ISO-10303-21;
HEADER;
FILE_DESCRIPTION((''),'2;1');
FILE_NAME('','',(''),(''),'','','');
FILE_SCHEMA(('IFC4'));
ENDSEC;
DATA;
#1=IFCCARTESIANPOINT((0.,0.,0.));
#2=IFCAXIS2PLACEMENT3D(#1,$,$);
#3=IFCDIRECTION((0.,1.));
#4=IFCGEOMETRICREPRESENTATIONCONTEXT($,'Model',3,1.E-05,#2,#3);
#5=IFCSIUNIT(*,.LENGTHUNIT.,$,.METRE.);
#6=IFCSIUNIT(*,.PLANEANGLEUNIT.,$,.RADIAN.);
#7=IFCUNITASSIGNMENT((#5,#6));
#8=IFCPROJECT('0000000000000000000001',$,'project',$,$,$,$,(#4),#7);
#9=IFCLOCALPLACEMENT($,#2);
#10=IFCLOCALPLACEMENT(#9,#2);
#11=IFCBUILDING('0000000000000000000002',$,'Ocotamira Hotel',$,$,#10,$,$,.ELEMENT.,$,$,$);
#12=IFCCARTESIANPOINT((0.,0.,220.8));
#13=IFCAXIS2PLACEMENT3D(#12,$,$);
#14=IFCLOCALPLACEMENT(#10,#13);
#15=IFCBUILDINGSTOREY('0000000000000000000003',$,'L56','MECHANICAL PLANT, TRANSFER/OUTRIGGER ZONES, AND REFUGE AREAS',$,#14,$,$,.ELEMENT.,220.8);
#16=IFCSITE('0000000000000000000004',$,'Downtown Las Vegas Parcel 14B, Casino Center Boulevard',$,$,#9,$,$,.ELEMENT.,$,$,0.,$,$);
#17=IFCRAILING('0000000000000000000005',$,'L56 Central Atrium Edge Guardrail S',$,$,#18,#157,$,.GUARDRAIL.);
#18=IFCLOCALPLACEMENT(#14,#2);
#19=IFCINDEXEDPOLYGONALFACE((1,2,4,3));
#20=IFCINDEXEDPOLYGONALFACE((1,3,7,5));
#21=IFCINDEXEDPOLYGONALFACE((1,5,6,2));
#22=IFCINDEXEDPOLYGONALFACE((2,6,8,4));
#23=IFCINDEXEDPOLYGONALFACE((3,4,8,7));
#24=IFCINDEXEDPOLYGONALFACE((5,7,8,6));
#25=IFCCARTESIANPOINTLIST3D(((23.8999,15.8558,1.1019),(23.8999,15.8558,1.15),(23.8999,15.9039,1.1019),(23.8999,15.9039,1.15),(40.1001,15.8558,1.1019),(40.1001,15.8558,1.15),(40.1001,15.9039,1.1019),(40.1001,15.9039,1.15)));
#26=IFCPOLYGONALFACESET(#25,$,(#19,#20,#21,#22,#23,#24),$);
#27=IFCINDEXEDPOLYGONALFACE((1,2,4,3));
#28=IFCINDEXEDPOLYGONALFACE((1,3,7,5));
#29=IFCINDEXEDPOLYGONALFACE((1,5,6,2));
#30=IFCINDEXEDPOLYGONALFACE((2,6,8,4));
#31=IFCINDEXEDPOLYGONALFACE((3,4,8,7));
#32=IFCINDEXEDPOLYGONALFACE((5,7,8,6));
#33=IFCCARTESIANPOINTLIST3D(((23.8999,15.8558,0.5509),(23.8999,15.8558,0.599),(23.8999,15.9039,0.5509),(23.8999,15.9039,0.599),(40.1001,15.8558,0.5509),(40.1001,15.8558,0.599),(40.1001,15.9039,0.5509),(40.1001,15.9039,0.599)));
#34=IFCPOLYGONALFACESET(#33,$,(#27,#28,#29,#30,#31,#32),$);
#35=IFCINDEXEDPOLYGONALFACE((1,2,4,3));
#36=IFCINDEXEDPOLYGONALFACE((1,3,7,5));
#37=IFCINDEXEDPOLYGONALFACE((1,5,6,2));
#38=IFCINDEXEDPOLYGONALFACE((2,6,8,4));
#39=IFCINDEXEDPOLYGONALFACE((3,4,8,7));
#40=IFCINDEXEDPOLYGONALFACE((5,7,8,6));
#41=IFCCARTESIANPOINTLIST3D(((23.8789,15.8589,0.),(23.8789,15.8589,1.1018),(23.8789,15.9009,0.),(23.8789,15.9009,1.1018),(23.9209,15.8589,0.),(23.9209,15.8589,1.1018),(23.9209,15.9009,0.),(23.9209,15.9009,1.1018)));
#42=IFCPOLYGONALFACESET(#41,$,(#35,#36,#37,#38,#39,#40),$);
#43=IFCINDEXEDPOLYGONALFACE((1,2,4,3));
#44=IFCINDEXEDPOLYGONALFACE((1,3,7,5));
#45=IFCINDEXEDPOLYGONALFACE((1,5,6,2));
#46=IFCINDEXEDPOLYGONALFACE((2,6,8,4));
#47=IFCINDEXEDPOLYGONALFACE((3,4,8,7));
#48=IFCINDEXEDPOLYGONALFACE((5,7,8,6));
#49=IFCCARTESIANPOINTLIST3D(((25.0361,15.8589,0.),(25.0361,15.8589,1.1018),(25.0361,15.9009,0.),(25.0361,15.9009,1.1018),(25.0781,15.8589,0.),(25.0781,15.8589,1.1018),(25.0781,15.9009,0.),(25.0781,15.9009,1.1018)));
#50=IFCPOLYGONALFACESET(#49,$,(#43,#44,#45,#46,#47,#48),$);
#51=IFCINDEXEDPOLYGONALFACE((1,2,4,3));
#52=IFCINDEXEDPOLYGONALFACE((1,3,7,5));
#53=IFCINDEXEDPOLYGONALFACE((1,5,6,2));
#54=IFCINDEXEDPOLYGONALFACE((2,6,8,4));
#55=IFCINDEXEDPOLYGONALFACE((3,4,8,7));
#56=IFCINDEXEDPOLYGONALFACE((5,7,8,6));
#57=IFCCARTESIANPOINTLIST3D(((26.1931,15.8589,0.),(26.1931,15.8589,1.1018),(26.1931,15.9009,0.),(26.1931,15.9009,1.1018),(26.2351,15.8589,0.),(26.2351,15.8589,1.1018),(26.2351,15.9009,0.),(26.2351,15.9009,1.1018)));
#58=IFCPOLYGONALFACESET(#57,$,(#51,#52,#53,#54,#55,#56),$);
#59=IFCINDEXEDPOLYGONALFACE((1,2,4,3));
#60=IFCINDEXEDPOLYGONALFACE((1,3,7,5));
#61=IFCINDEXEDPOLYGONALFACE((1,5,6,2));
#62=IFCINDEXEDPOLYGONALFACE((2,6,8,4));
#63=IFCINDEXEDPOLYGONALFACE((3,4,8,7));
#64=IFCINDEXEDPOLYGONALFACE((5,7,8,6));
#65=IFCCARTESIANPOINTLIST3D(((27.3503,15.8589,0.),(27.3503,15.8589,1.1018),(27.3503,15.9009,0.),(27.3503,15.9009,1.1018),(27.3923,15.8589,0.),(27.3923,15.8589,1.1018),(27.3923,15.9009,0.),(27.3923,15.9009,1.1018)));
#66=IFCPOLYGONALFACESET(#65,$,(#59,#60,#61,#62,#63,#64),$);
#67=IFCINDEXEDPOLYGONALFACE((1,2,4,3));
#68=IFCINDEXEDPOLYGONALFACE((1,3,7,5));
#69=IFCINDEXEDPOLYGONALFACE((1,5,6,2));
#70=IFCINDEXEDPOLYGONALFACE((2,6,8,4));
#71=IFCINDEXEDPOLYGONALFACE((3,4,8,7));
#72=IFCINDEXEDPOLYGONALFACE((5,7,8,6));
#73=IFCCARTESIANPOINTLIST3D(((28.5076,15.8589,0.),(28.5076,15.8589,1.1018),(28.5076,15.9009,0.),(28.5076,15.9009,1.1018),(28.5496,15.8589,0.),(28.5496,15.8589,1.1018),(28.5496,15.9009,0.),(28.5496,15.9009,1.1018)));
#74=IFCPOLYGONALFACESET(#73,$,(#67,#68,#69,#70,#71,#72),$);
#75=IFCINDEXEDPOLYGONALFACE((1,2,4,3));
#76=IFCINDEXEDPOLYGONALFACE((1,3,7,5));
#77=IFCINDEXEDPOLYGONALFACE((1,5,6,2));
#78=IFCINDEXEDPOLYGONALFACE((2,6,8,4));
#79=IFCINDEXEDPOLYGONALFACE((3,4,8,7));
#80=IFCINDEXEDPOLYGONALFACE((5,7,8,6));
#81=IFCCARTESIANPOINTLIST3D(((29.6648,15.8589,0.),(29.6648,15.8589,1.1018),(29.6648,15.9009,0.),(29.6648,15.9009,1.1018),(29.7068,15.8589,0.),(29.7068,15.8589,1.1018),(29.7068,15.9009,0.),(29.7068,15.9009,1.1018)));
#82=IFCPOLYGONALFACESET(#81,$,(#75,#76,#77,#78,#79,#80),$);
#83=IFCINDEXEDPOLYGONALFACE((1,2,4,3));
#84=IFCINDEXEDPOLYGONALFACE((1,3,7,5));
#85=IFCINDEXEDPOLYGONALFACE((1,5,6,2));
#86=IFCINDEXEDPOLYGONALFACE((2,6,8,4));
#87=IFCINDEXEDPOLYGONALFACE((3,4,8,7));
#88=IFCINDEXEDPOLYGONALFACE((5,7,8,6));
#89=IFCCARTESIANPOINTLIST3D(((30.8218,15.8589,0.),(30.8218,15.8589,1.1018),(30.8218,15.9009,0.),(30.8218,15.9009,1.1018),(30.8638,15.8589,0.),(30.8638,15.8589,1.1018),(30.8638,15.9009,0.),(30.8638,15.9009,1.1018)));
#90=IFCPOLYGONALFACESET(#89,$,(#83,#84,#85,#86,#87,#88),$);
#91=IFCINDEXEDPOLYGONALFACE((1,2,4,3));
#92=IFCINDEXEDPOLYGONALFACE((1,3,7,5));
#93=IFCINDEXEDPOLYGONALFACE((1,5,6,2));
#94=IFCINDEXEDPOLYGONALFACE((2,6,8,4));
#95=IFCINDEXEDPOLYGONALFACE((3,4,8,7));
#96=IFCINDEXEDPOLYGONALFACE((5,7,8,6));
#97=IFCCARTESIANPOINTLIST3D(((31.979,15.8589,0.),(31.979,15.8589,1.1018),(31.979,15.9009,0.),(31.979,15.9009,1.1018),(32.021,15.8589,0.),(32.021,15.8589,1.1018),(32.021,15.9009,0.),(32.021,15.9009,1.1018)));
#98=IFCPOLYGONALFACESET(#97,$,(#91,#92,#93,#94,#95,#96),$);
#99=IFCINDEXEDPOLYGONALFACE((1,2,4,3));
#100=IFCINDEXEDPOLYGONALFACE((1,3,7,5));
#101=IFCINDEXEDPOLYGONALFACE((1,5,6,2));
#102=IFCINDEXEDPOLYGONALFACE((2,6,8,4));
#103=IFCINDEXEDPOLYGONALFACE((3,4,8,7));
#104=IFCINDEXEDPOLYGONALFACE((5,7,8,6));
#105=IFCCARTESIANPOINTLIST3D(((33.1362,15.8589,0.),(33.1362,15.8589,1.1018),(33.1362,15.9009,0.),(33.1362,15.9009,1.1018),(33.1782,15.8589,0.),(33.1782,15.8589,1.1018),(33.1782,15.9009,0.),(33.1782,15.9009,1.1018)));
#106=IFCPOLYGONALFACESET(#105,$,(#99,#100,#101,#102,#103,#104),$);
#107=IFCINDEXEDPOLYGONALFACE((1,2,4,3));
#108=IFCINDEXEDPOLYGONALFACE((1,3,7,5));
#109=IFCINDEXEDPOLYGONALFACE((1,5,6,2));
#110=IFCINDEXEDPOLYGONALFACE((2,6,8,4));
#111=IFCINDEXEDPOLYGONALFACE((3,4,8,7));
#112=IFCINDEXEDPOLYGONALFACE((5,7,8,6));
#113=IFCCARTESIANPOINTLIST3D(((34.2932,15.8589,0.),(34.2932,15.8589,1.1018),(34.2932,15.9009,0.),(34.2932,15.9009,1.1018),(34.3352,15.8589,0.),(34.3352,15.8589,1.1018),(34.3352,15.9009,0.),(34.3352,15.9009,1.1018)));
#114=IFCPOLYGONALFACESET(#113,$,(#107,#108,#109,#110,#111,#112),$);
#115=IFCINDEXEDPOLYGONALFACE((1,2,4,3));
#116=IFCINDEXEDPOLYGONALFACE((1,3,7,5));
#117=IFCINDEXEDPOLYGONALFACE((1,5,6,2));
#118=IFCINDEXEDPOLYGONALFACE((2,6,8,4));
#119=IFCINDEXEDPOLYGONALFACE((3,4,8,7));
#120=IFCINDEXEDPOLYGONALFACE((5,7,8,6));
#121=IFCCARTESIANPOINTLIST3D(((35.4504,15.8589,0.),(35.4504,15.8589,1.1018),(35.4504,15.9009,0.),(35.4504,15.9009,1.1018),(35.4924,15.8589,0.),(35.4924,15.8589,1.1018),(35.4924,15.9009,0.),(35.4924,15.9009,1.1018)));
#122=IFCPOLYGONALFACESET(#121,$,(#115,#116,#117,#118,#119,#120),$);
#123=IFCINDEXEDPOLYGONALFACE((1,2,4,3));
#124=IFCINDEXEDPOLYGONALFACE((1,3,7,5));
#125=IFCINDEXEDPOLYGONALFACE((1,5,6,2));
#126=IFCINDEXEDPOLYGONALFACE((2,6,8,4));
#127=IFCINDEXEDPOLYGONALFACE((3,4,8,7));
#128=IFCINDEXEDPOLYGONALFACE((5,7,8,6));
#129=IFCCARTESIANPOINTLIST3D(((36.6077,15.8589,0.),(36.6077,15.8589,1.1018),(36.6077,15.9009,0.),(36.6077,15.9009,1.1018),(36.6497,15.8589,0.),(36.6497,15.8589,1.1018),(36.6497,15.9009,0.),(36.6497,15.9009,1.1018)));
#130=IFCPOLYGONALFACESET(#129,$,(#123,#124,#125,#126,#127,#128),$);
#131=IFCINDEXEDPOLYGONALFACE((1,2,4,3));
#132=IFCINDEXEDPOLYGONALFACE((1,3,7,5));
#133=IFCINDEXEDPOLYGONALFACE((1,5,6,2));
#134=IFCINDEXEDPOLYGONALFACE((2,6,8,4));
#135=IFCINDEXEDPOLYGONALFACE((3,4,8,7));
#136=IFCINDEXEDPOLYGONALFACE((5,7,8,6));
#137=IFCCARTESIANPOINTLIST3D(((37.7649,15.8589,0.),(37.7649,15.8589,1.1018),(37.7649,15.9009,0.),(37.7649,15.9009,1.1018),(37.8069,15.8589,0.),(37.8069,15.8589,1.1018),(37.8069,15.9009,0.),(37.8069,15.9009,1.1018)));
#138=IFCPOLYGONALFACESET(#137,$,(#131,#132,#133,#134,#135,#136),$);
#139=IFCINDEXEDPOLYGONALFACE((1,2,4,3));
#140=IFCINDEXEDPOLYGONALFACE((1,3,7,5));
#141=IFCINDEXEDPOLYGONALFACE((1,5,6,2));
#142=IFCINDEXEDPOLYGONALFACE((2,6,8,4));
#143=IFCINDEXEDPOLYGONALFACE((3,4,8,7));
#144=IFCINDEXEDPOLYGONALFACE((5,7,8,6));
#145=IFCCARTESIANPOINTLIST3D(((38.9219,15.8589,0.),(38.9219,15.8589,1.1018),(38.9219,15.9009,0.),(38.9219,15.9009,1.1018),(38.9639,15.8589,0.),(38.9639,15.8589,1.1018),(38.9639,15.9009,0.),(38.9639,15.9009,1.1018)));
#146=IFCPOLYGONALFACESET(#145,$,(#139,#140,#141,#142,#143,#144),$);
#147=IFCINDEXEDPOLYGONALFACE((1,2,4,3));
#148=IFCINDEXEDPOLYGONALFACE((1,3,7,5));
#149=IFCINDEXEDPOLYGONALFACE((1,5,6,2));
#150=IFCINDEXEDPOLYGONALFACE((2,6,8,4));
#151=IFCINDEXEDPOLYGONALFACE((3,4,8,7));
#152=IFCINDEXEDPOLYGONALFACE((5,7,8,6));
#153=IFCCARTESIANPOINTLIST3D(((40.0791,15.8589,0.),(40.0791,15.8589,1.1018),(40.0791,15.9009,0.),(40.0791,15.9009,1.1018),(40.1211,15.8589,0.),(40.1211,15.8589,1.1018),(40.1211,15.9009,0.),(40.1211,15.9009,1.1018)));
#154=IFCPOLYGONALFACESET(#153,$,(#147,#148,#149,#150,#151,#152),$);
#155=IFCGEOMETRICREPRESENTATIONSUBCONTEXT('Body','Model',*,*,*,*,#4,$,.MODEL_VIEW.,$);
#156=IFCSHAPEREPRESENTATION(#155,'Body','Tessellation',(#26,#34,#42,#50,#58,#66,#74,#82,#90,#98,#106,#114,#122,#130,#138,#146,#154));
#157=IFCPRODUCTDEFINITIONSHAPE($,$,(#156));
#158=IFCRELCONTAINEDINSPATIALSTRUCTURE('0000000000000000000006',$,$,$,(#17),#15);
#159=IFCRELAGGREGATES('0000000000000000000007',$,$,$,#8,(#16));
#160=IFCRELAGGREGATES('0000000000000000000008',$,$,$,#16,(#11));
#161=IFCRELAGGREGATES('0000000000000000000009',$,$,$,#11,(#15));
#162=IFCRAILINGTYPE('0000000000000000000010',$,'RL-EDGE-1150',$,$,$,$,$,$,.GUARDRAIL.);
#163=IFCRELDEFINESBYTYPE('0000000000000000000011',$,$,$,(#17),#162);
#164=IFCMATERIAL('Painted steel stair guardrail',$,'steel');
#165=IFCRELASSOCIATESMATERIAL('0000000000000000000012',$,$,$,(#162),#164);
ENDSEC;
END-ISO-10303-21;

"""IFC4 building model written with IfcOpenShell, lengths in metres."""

from ifc_helpers import new_model, si_unit, direction, frame, origin, origin_2d, place, context, subcontext, project, spatial, rectangle, extrude, material, type_object, element, save


model = new_model("IFC4")

# Units and contexts
model_context = context("Model", 3, precision=1e-05, world=origin(), true_north=direction((0.0, 1.0)))
body_context = subcontext(model_context, "Body", "Model", "MODEL_VIEW")
ifc_project = project(units=[si_unit("LENGTHUNIT", "METRE"), si_unit("PLANEANGLEUNIT", "RADIAN")], contexts=[model_context])

# Site, building, storey
site_placement = place(None, origin())
site = spatial("IfcSite", under=ifc_project, at=site_placement, Name="Downtown Las Vegas Parcel 14B, Casino Center Boulevard", CompositionType="ELEMENT", RefElevation=0.0)
building_placement = place(site_placement, origin())
building = spatial("IfcBuilding", under=site, at=building_placement, Name="Ocotamira Hotel", CompositionType="ELEMENT")
storey_placement = place(building_placement, frame((0.0, 0.0, 220.8)))
storey = spatial("IfcBuildingStorey", under=building, at=storey_placement, Name="L56", Description="MECHANICAL PLANT, TRANSFER/OUTRIGGER ZONES, AND REFUGE AREAS", CompositionType="ELEMENT", Elevation=220.8)

# Railing
ifc_material_1 = material(Name="Painted steel stair guardrail", Category="steel")
railing_type = type_object("IfcRailingType", Name="RL-EDGE-1150", PredefinedType="GUARDRAIL", material=ifc_material_1)
railing_1_placement = place(storey_placement, frame((23.8999, 15.8799, 0.0)))
element("IfcRailing", 1, at=railing_1_placement, inside=storey, type_object=railing_type, Name="L56 Central Atrium Edge Guardrail S", PredefinedType="GUARDRAIL", context=body_context, shape_type="SweptSolid", body=[
    extrude(rectangle(XDim=0.0481, YDim=0.0481, at=origin_2d()), frame((0.0, 0.0, 1.126), z_axis=(1.0, 0.0, 0.0), x_axis=(0.0, 1.0, 0.0)), (0.0, 0.0, 1.0), 16.2002),
    extrude(rectangle(XDim=0.0481, YDim=0.0481, at=origin_2d()), frame((0.0, 0.0, 0.575), z_axis=(1.0, 0.0, 0.0), x_axis=(0.0, 1.0, 0.0)), (0.0, 0.0, 1.0), 16.2002),
    extrude(rectangle(XDim=0.042, YDim=0.042, at=origin_2d()), origin(), (0.0, 0.0, 1.0), 1.1018),
    extrude(rectangle(XDim=0.042, YDim=0.042, at=origin_2d()), frame((1.1572, 0.0, 0.0)), (0.0, 0.0, 1.0), 1.1018),
    extrude(rectangle(XDim=0.042, YDim=0.042, at=origin_2d()), frame((2.3142, 0.0, 0.0)), (0.0, 0.0, 1.0), 1.1018),
    extrude(rectangle(XDim=0.042, YDim=0.042, at=origin_2d()), frame((3.4714, 0.0, 0.0)), (0.0, 0.0, 1.0), 1.1018),
    extrude(rectangle(XDim=0.042, YDim=0.042, at=origin_2d()), frame((4.6287, 0.0, 0.0)), (0.0, 0.0, 1.0), 1.1018),
    extrude(rectangle(XDim=0.042, YDim=0.042, at=origin_2d()), frame((5.7859, 0.0, 0.0)), (0.0, 0.0, 1.0), 1.1018),
    extrude(rectangle(XDim=0.042, YDim=0.042, at=origin_2d()), frame((6.9429, 0.0, 0.0)), (0.0, 0.0, 1.0), 1.1018),
    extrude(rectangle(XDim=0.042, YDim=0.042, at=origin_2d()), frame((8.1001, 0.0, 0.0)), (0.0, 0.0, 1.0), 1.1018),
    extrude(rectangle(XDim=0.042, YDim=0.042, at=origin_2d()), frame((9.2573, 0.0, 0.0)), (0.0, 0.0, 1.0), 1.1018),
    extrude(rectangle(XDim=0.042, YDim=0.042, at=origin_2d()), frame((10.4143, 0.0, 0.0)), (0.0, 0.0, 1.0), 1.1018),
    extrude(rectangle(XDim=0.042, YDim=0.042, at=origin_2d()), frame((11.5715, 0.0, 0.0)), (0.0, 0.0, 1.0), 1.1018),
    extrude(rectangle(XDim=0.042, YDim=0.042, at=origin_2d()), frame((12.7288, 0.0, 0.0)), (0.0, 0.0, 1.0), 1.1018),
    extrude(rectangle(XDim=0.042, YDim=0.042, at=origin_2d()), frame((13.886, 0.0, 0.0)), (0.0, 0.0, 1.0), 1.1018),
    extrude(rectangle(XDim=0.042, YDim=0.042, at=origin_2d()), frame((15.043, 0.0, 0.0)), (0.0, 0.0, 1.0), 1.1018),
    extrude(rectangle(XDim=0.042, YDim=0.042, at=origin_2d()), frame((16.2002, 0.0, 0.0)), (0.0, 0.0, 1.0), 1.1018),
])

save(model, "model.ifc")
